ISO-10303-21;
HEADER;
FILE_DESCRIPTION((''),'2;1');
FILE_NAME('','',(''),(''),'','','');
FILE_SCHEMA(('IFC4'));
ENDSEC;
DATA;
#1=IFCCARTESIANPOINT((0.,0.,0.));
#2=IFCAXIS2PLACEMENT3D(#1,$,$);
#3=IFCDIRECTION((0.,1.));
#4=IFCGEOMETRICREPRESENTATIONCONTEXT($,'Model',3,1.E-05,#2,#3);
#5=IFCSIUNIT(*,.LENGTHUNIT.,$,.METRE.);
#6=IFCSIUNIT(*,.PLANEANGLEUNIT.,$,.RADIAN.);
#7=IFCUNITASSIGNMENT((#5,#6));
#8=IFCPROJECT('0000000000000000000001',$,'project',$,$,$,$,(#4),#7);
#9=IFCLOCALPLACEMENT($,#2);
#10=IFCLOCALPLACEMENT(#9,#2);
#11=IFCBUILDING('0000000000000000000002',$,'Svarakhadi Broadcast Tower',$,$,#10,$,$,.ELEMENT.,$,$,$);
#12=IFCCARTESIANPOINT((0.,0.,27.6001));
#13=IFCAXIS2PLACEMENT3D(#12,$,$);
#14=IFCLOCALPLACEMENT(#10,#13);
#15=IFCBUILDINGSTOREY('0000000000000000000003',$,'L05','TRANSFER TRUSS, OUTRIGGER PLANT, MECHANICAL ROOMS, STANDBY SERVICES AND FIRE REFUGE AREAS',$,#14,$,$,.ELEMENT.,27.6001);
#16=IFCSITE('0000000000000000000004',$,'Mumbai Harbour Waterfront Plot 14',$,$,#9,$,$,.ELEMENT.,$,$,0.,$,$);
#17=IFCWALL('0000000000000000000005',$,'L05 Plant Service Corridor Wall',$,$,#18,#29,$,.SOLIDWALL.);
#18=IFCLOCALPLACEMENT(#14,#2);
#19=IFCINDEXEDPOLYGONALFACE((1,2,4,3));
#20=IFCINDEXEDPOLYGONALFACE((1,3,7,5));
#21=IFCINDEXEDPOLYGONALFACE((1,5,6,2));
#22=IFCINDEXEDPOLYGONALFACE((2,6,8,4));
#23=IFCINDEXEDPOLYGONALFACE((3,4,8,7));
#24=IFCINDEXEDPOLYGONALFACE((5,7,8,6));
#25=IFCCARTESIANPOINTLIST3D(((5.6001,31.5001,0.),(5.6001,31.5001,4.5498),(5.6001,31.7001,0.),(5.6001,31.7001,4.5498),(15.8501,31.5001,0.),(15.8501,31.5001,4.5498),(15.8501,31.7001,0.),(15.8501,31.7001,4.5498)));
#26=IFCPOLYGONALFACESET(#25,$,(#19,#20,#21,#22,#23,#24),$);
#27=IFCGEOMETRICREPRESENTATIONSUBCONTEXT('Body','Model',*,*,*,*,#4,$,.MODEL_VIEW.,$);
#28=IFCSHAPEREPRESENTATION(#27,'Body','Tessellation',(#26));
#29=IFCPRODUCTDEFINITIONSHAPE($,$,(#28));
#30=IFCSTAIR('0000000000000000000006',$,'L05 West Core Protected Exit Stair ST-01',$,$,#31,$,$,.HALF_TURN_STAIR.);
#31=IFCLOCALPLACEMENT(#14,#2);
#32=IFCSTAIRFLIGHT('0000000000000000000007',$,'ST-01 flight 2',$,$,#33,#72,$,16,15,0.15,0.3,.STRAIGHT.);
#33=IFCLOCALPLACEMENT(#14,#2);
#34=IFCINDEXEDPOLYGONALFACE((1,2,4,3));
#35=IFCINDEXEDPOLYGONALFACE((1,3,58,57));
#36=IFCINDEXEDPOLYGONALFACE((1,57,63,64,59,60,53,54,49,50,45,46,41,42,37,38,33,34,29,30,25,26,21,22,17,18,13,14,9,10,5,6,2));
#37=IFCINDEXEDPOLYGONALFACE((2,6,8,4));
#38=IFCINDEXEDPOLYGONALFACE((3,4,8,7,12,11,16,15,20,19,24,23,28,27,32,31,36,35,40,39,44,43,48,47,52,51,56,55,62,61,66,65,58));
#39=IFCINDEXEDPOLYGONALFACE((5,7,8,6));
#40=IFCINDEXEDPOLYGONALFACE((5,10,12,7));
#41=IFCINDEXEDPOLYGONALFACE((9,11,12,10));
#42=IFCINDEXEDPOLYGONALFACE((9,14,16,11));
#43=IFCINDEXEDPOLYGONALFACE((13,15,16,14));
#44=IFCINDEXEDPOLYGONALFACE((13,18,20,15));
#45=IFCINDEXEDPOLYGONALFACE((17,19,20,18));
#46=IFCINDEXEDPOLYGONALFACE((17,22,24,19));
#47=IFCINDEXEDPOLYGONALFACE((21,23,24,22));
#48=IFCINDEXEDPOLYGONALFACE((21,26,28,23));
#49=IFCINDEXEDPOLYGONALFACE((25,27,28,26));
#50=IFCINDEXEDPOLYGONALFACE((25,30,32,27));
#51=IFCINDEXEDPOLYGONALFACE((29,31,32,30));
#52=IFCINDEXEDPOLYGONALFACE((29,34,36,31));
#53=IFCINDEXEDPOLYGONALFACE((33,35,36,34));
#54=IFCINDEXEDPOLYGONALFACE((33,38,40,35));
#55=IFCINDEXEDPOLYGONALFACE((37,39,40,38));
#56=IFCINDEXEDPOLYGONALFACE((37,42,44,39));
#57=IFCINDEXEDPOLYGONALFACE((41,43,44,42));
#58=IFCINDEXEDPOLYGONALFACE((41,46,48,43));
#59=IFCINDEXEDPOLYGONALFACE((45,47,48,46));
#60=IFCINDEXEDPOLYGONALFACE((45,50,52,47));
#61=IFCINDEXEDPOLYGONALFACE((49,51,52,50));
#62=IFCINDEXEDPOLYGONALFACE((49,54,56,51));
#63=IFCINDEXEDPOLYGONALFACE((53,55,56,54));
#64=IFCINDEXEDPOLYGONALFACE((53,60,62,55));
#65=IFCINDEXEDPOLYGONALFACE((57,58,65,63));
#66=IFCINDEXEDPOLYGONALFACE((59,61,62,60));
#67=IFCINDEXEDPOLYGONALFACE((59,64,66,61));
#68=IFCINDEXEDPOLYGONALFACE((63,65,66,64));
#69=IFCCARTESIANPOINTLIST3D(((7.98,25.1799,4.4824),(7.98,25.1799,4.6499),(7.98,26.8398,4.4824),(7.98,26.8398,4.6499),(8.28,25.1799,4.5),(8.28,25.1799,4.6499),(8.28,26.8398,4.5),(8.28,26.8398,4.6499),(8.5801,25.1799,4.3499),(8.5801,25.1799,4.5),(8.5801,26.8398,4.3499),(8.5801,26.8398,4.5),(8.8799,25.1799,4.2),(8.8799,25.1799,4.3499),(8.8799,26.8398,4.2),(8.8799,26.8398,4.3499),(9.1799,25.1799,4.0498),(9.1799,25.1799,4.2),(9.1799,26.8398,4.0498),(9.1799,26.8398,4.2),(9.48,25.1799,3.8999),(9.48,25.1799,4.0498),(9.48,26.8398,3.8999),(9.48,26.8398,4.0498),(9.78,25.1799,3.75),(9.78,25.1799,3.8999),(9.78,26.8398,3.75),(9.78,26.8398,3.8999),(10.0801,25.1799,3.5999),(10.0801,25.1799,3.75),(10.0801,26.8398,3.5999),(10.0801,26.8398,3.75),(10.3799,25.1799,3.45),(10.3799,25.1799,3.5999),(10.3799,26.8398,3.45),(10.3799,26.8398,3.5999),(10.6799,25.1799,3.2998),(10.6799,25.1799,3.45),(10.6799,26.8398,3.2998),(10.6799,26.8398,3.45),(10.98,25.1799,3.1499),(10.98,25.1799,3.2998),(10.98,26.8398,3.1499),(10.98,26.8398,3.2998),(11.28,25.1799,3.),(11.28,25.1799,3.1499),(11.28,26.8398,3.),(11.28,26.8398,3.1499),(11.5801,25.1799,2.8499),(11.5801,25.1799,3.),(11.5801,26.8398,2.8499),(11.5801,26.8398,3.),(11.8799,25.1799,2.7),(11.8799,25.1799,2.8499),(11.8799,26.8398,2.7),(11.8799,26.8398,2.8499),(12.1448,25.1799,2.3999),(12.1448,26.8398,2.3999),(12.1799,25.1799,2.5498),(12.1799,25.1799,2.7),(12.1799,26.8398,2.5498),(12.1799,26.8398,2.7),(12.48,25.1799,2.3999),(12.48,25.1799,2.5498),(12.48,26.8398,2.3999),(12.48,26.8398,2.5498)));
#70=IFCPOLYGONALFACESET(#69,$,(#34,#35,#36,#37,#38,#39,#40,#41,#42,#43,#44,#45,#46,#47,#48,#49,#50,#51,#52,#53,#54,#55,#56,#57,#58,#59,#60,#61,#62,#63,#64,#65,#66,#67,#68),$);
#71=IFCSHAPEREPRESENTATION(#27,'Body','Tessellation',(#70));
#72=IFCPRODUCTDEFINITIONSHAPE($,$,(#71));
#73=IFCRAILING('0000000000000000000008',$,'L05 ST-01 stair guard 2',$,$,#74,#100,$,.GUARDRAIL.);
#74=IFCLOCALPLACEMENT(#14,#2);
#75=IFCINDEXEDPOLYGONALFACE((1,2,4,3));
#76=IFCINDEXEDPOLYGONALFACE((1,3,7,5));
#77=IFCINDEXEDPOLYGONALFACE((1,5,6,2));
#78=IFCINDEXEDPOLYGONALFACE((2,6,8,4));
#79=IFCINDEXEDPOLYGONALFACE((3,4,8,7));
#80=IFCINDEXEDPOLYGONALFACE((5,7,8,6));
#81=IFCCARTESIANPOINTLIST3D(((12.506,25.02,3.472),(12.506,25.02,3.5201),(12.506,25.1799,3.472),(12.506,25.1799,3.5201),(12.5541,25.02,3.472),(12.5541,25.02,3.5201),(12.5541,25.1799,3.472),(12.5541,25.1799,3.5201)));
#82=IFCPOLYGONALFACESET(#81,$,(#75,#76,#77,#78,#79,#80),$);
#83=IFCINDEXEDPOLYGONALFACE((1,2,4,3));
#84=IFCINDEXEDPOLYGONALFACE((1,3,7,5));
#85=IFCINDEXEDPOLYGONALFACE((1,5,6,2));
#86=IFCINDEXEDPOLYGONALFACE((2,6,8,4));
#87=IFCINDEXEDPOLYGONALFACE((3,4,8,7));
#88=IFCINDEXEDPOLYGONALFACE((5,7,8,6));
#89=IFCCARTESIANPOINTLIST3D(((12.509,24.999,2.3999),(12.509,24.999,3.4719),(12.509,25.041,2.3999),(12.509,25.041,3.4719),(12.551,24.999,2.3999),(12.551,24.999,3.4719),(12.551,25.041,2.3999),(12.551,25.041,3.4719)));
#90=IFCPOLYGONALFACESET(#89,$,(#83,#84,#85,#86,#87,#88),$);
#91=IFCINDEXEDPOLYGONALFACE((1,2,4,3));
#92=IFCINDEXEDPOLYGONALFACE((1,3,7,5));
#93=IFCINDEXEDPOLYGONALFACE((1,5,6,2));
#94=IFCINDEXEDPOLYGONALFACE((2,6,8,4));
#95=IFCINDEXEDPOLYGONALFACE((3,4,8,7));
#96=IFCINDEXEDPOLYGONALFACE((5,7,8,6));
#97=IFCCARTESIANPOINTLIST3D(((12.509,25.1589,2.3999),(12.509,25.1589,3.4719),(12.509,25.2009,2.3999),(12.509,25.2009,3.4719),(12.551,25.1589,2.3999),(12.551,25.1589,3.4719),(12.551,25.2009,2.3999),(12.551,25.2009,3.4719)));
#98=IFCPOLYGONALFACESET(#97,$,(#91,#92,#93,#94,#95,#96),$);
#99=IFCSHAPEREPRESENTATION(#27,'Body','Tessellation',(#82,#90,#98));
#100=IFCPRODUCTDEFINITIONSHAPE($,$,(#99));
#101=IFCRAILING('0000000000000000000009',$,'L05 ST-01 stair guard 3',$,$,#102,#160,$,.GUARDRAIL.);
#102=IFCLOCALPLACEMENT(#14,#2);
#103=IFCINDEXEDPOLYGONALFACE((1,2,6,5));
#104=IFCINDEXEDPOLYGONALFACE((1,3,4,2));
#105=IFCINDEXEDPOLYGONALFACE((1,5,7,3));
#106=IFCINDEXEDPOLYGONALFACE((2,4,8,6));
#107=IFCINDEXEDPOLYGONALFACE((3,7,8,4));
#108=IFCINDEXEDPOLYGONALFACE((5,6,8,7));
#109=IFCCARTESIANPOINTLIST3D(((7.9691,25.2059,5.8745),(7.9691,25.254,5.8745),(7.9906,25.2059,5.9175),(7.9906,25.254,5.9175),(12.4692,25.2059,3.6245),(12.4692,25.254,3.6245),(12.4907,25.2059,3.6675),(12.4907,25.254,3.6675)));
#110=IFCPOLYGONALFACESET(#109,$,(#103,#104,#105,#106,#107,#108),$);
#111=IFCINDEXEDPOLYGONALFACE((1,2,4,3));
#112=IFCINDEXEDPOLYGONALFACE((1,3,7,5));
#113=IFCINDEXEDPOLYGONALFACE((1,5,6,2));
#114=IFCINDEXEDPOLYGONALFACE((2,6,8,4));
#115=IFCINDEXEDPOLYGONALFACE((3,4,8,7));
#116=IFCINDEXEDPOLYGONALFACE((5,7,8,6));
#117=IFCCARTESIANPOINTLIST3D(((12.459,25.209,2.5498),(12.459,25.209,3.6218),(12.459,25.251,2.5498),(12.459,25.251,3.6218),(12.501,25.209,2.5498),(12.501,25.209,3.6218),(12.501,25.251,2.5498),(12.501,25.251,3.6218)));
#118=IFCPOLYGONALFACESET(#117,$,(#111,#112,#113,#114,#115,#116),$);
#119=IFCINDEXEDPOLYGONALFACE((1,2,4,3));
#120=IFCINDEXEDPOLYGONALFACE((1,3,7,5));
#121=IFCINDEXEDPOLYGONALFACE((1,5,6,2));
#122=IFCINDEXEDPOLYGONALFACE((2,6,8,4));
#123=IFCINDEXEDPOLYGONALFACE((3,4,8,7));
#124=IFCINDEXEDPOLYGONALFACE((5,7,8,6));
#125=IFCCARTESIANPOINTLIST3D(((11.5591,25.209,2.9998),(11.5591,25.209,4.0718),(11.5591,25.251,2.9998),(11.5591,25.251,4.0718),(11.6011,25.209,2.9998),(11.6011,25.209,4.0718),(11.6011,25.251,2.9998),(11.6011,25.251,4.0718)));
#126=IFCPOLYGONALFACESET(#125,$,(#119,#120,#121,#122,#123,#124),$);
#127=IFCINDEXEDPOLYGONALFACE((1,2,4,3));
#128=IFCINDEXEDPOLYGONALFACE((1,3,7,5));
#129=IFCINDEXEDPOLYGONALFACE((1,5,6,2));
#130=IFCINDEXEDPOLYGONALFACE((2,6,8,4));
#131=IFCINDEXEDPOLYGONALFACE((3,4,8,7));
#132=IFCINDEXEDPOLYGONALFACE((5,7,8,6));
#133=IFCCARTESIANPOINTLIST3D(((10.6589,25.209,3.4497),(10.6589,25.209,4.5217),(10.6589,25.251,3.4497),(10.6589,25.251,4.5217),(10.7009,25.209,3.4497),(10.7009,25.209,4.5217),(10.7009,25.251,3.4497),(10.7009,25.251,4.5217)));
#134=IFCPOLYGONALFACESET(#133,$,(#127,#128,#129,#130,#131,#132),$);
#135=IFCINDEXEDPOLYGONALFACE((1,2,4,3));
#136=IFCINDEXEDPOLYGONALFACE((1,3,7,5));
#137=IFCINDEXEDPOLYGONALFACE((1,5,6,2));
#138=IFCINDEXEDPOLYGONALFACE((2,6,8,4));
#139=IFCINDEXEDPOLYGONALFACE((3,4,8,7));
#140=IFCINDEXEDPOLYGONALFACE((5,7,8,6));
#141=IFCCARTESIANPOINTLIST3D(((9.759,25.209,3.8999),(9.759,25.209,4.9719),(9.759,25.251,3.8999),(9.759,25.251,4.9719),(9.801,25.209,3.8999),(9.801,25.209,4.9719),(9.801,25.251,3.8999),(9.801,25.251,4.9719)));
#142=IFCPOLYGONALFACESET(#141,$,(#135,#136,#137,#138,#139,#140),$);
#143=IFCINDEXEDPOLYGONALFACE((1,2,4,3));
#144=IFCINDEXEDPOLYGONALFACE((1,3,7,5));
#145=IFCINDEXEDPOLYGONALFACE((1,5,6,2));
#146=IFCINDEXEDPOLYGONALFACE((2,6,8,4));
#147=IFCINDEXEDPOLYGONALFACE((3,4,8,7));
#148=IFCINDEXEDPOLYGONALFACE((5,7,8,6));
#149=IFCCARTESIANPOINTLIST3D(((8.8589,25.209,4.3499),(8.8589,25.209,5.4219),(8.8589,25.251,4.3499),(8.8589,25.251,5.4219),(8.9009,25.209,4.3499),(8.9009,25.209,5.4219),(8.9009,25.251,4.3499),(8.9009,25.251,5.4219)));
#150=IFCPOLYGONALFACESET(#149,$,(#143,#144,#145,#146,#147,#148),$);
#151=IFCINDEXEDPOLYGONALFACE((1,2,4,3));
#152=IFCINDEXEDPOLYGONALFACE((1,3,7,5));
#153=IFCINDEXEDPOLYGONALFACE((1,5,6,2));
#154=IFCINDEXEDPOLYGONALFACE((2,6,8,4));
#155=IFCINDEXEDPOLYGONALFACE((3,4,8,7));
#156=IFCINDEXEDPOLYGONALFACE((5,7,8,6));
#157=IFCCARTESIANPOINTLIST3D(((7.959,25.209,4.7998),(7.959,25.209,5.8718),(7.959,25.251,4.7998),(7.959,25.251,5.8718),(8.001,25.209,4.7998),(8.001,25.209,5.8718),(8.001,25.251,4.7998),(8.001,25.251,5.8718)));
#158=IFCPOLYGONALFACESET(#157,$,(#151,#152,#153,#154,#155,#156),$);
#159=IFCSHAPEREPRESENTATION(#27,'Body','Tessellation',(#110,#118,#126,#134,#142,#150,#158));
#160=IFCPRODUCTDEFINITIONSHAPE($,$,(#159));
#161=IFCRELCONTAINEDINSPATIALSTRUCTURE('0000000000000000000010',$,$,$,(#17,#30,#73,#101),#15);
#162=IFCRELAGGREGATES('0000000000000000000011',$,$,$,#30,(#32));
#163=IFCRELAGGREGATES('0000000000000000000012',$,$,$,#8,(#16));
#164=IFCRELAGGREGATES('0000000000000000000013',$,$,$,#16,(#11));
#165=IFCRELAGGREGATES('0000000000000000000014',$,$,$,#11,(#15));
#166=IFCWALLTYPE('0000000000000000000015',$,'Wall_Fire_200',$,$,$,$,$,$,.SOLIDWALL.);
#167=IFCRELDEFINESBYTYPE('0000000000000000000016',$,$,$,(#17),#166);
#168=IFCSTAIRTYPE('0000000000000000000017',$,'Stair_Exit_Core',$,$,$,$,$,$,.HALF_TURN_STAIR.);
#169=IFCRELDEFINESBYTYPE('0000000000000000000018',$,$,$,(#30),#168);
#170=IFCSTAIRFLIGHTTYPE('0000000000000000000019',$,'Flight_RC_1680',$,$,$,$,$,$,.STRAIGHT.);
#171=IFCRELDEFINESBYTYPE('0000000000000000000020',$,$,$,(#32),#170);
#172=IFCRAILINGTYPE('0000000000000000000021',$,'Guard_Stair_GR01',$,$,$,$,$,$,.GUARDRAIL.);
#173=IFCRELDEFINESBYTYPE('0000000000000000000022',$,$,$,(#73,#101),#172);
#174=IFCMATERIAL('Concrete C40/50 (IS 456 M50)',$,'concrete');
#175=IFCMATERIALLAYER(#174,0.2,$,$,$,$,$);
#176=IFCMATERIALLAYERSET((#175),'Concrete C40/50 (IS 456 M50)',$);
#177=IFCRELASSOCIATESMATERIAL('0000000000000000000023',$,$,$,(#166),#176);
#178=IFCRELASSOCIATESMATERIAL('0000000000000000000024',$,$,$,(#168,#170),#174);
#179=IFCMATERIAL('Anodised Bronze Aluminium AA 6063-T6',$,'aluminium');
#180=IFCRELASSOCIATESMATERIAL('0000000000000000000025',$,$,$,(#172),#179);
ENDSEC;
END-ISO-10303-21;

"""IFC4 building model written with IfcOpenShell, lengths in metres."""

from ifc_helpers import new_model, si_unit, direction, frame, frame_2d, origin, origin_2d, place, context, subcontext, project, spatial, polyline, rectangle, outline, extrude, material, layer, layer_set, type_object, element, aggregate, save


model = new_model("IFC4")

# Units and contexts
model_context = context("Model", 3, precision=1e-05, world=origin(), true_north=direction((0.0, 1.0)))
body_context = subcontext(model_context, "Body", "Model", "MODEL_VIEW")
ifc_project = project(units=[si_unit("LENGTHUNIT", "METRE"), si_unit("PLANEANGLEUNIT", "RADIAN")], contexts=[model_context])

# Site, building, storey
site_placement = place(None, origin())
site = spatial("IfcSite", under=ifc_project, at=site_placement, Name="Mumbai Harbour Waterfront Plot 14", CompositionType="ELEMENT", RefElevation=0.0)
building_placement = place(site_placement, origin())
building = spatial("IfcBuilding", under=site, at=building_placement, Name="Svarakhadi Broadcast Tower", CompositionType="ELEMENT")
storey_placement = place(building_placement, frame((0.0, 0.0, 27.6001)))
storey = spatial("IfcBuildingStorey", under=building, at=storey_placement, Name="L05", Description="TRANSFER TRUSS, OUTRIGGER PLANT, MECHANICAL ROOMS, STANDBY SERVICES AND FIRE REFUGE AREAS", CompositionType="ELEMENT", Elevation=27.6001)

# Wall
ifc_material_1 = material(Name="Concrete C40/50 (IS 456 M50)", Category="concrete")
ifc_layer_1 = layer(ifc_material_1, 0.2)
ifc_layer_set_1 = layer_set([ifc_layer_1], Name="Concrete C40/50 (IS 456 M50)")
wall_type = type_object("IfcWallType", Name="Wall_Fire_200", PredefinedType="SOLIDWALL", material=ifc_layer_set_1)
wall_1_placement = place(storey_placement, frame((15.8501, 31.6001, 0.0), z_axis=(0.0, 0.0, 1.0), x_axis=(-1.0, 0.0, 0.0)))
element("IfcWall", 1, at=wall_1_placement, inside=storey, type_object=wall_type, Name="L05 Plant Service Corridor Wall", PredefinedType="SOLIDWALL", context=body_context, shape_type="SweptSolid", body=[
    extrude(rectangle(XDim=10.25, YDim=0.2, at=frame_2d((5.125, 0.0))), origin(), (0.0, 0.0, 1.0), 4.5498),
])

# Stair, stair flight
stair_type = type_object("IfcStairType", Name="Stair_Exit_Core", PredefinedType="HALF_TURN_STAIR", material=ifc_material_1)
stair_placement = place(storey_placement, origin())
stair = element("IfcStair", 2, at=stair_placement, inside=storey, type_object=stair_type, Name="L05 West Core Protected Exit Stair ST-01", PredefinedType="HALF_TURN_STAIR")
stair_flight_type = type_object("IfcStairFlightType", Name="Flight_RC_1680", PredefinedType="STRAIGHT", material=ifc_material_1)
stair_flight_placement = place(storey_placement, frame((12.48, 26.01, 2.3999), z_axis=(0.0, 0.0, 1.0), x_axis=(-1.0, 0.0, 0.0)))
stair_flight = element("IfcStairFlight", 3, at=stair_flight_placement, type_object=stair_flight_type, Name="ST-01 flight 2", NumberOfRisers=16, NumberOfTreads=15, PredefinedType="STRAIGHT", RiserHeight=0.15, TreadLength=0.3, context=body_context, shape_type="SweptSolid", body=[
    extrude(outline(polyline([(0.0, 0.0), (0.0, 0.1499), (0.3, 0.1499), (0.3, 0.3), (0.6001, 0.3), (0.6001, 0.45), (0.8999, 0.45), (0.8999, 0.6001), (1.2, 0.6001), (1.2, 0.75), (1.5, 0.75), (1.5, 0.8999), (1.8, 0.8999), (1.8, 1.05), (2.1001, 1.05), (2.1001, 1.2), (2.3999, 1.2), (2.3999, 1.3501), (2.7, 1.3501), (2.7, 1.5), (3.0, 1.5), (3.0, 1.6499), (3.3, 1.6499), (3.3, 1.8), (3.6001, 1.8), (3.6001, 1.95), (3.8999, 1.95), (3.8999, 2.1001), (4.2, 2.1001), (4.2, 2.25), (4.5, 2.25), (4.5, 2.3999), (4.5, 2.0825), (0.3352, 0.0), (0.0, 0.0)])), frame((0.0, 0.8301, 0.0), z_axis=(0.0, -1.0, 0.0), x_axis=(1.0, 0.0, 0.0)), (0.0, 0.0, 1.0), 1.6599),
])
aggregate(stair, [stair_flight])

# Railings
ifc_material_2 = material(Name="Anodised Bronze Aluminium AA 6063-T6", Category="aluminium")
railing_type_1 = type_object("IfcRailingType", Name="Guard_Stair_GR01", PredefinedType="GUARDRAIL", material=ifc_material_2)
railing_1_placement = place(storey_placement, frame((12.53, 25.02, 2.3999)))
element("IfcRailing", 4, at=railing_1_placement, inside=storey, type_object=railing_type_1, Name="L05 ST-01 stair guard 2", PredefinedType="GUARDRAIL", context=body_context, shape_type="SweptSolid", body=[
    extrude(rectangle(XDim=0.0481, YDim=0.0481, at=origin_2d()), frame((0.0, 0.0, 1.0962), z_axis=(0.0, 1.0, 0.0), x_axis=(-1.0, 0.0, 0.0)), (0.0, 0.0, 1.0), 0.1599),
    extrude(rectangle(XDim=0.042, YDim=0.042, at=origin_2d()), origin(), (0.0, 0.0, 1.0), 1.072),
    extrude(rectangle(XDim=0.042, YDim=0.042, at=origin_2d()), frame((0.0, 0.1599, 0.0)), (0.0, 0.0, 1.0), 1.072),
])
railing_2_placement = place(storey_placement, frame((12.48, 25.23, 2.5498)))
element("IfcRailing", 5, at=railing_2_placement, inside=storey, type_object=railing_type_1, Name="L05 ST-01 stair guard 3", PredefinedType="GUARDRAIL", context=body_context, shape_type="SweptSolid", body=[
    extrude(rectangle(XDim=0.0481, YDim=0.0481, at=origin_2d()), frame((0.0, 0.0, 1.0962), z_axis=(-0.894427, 0.0, 0.447214), x_axis=(0.0, -1.0, 0.0)), (0.0, 0.0, 1.0), 5.0312),
    extrude(rectangle(XDim=0.042, YDim=0.042, at=origin_2d()), origin(), (0.0, 0.0, 1.0), 1.072),
    extrude(rectangle(XDim=0.042, YDim=0.042, at=origin_2d()), frame((-0.8999, 0.0, 0.45)), (0.0, 0.0, 1.0), 1.072),
    extrude(rectangle(XDim=0.042, YDim=0.042, at=origin_2d()), frame((-1.8, 0.0, 0.8999)), (0.0, 0.0, 1.0), 1.072),
    extrude(rectangle(XDim=0.042, YDim=0.042, at=origin_2d()), frame((-2.7, 0.0, 1.3501)), (0.0, 0.0, 1.0), 1.072),
    extrude(rectangle(XDim=0.042, YDim=0.042, at=origin_2d()), frame((-3.6001, 0.0, 1.8)), (0.0, 0.0, 1.0), 1.072),
    extrude(rectangle(XDim=0.042, YDim=0.042, at=origin_2d()), frame((-4.5, 0.0, 2.25)), (0.0, 0.0, 1.0), 1.072),
])

save(model, "model.ifc")
